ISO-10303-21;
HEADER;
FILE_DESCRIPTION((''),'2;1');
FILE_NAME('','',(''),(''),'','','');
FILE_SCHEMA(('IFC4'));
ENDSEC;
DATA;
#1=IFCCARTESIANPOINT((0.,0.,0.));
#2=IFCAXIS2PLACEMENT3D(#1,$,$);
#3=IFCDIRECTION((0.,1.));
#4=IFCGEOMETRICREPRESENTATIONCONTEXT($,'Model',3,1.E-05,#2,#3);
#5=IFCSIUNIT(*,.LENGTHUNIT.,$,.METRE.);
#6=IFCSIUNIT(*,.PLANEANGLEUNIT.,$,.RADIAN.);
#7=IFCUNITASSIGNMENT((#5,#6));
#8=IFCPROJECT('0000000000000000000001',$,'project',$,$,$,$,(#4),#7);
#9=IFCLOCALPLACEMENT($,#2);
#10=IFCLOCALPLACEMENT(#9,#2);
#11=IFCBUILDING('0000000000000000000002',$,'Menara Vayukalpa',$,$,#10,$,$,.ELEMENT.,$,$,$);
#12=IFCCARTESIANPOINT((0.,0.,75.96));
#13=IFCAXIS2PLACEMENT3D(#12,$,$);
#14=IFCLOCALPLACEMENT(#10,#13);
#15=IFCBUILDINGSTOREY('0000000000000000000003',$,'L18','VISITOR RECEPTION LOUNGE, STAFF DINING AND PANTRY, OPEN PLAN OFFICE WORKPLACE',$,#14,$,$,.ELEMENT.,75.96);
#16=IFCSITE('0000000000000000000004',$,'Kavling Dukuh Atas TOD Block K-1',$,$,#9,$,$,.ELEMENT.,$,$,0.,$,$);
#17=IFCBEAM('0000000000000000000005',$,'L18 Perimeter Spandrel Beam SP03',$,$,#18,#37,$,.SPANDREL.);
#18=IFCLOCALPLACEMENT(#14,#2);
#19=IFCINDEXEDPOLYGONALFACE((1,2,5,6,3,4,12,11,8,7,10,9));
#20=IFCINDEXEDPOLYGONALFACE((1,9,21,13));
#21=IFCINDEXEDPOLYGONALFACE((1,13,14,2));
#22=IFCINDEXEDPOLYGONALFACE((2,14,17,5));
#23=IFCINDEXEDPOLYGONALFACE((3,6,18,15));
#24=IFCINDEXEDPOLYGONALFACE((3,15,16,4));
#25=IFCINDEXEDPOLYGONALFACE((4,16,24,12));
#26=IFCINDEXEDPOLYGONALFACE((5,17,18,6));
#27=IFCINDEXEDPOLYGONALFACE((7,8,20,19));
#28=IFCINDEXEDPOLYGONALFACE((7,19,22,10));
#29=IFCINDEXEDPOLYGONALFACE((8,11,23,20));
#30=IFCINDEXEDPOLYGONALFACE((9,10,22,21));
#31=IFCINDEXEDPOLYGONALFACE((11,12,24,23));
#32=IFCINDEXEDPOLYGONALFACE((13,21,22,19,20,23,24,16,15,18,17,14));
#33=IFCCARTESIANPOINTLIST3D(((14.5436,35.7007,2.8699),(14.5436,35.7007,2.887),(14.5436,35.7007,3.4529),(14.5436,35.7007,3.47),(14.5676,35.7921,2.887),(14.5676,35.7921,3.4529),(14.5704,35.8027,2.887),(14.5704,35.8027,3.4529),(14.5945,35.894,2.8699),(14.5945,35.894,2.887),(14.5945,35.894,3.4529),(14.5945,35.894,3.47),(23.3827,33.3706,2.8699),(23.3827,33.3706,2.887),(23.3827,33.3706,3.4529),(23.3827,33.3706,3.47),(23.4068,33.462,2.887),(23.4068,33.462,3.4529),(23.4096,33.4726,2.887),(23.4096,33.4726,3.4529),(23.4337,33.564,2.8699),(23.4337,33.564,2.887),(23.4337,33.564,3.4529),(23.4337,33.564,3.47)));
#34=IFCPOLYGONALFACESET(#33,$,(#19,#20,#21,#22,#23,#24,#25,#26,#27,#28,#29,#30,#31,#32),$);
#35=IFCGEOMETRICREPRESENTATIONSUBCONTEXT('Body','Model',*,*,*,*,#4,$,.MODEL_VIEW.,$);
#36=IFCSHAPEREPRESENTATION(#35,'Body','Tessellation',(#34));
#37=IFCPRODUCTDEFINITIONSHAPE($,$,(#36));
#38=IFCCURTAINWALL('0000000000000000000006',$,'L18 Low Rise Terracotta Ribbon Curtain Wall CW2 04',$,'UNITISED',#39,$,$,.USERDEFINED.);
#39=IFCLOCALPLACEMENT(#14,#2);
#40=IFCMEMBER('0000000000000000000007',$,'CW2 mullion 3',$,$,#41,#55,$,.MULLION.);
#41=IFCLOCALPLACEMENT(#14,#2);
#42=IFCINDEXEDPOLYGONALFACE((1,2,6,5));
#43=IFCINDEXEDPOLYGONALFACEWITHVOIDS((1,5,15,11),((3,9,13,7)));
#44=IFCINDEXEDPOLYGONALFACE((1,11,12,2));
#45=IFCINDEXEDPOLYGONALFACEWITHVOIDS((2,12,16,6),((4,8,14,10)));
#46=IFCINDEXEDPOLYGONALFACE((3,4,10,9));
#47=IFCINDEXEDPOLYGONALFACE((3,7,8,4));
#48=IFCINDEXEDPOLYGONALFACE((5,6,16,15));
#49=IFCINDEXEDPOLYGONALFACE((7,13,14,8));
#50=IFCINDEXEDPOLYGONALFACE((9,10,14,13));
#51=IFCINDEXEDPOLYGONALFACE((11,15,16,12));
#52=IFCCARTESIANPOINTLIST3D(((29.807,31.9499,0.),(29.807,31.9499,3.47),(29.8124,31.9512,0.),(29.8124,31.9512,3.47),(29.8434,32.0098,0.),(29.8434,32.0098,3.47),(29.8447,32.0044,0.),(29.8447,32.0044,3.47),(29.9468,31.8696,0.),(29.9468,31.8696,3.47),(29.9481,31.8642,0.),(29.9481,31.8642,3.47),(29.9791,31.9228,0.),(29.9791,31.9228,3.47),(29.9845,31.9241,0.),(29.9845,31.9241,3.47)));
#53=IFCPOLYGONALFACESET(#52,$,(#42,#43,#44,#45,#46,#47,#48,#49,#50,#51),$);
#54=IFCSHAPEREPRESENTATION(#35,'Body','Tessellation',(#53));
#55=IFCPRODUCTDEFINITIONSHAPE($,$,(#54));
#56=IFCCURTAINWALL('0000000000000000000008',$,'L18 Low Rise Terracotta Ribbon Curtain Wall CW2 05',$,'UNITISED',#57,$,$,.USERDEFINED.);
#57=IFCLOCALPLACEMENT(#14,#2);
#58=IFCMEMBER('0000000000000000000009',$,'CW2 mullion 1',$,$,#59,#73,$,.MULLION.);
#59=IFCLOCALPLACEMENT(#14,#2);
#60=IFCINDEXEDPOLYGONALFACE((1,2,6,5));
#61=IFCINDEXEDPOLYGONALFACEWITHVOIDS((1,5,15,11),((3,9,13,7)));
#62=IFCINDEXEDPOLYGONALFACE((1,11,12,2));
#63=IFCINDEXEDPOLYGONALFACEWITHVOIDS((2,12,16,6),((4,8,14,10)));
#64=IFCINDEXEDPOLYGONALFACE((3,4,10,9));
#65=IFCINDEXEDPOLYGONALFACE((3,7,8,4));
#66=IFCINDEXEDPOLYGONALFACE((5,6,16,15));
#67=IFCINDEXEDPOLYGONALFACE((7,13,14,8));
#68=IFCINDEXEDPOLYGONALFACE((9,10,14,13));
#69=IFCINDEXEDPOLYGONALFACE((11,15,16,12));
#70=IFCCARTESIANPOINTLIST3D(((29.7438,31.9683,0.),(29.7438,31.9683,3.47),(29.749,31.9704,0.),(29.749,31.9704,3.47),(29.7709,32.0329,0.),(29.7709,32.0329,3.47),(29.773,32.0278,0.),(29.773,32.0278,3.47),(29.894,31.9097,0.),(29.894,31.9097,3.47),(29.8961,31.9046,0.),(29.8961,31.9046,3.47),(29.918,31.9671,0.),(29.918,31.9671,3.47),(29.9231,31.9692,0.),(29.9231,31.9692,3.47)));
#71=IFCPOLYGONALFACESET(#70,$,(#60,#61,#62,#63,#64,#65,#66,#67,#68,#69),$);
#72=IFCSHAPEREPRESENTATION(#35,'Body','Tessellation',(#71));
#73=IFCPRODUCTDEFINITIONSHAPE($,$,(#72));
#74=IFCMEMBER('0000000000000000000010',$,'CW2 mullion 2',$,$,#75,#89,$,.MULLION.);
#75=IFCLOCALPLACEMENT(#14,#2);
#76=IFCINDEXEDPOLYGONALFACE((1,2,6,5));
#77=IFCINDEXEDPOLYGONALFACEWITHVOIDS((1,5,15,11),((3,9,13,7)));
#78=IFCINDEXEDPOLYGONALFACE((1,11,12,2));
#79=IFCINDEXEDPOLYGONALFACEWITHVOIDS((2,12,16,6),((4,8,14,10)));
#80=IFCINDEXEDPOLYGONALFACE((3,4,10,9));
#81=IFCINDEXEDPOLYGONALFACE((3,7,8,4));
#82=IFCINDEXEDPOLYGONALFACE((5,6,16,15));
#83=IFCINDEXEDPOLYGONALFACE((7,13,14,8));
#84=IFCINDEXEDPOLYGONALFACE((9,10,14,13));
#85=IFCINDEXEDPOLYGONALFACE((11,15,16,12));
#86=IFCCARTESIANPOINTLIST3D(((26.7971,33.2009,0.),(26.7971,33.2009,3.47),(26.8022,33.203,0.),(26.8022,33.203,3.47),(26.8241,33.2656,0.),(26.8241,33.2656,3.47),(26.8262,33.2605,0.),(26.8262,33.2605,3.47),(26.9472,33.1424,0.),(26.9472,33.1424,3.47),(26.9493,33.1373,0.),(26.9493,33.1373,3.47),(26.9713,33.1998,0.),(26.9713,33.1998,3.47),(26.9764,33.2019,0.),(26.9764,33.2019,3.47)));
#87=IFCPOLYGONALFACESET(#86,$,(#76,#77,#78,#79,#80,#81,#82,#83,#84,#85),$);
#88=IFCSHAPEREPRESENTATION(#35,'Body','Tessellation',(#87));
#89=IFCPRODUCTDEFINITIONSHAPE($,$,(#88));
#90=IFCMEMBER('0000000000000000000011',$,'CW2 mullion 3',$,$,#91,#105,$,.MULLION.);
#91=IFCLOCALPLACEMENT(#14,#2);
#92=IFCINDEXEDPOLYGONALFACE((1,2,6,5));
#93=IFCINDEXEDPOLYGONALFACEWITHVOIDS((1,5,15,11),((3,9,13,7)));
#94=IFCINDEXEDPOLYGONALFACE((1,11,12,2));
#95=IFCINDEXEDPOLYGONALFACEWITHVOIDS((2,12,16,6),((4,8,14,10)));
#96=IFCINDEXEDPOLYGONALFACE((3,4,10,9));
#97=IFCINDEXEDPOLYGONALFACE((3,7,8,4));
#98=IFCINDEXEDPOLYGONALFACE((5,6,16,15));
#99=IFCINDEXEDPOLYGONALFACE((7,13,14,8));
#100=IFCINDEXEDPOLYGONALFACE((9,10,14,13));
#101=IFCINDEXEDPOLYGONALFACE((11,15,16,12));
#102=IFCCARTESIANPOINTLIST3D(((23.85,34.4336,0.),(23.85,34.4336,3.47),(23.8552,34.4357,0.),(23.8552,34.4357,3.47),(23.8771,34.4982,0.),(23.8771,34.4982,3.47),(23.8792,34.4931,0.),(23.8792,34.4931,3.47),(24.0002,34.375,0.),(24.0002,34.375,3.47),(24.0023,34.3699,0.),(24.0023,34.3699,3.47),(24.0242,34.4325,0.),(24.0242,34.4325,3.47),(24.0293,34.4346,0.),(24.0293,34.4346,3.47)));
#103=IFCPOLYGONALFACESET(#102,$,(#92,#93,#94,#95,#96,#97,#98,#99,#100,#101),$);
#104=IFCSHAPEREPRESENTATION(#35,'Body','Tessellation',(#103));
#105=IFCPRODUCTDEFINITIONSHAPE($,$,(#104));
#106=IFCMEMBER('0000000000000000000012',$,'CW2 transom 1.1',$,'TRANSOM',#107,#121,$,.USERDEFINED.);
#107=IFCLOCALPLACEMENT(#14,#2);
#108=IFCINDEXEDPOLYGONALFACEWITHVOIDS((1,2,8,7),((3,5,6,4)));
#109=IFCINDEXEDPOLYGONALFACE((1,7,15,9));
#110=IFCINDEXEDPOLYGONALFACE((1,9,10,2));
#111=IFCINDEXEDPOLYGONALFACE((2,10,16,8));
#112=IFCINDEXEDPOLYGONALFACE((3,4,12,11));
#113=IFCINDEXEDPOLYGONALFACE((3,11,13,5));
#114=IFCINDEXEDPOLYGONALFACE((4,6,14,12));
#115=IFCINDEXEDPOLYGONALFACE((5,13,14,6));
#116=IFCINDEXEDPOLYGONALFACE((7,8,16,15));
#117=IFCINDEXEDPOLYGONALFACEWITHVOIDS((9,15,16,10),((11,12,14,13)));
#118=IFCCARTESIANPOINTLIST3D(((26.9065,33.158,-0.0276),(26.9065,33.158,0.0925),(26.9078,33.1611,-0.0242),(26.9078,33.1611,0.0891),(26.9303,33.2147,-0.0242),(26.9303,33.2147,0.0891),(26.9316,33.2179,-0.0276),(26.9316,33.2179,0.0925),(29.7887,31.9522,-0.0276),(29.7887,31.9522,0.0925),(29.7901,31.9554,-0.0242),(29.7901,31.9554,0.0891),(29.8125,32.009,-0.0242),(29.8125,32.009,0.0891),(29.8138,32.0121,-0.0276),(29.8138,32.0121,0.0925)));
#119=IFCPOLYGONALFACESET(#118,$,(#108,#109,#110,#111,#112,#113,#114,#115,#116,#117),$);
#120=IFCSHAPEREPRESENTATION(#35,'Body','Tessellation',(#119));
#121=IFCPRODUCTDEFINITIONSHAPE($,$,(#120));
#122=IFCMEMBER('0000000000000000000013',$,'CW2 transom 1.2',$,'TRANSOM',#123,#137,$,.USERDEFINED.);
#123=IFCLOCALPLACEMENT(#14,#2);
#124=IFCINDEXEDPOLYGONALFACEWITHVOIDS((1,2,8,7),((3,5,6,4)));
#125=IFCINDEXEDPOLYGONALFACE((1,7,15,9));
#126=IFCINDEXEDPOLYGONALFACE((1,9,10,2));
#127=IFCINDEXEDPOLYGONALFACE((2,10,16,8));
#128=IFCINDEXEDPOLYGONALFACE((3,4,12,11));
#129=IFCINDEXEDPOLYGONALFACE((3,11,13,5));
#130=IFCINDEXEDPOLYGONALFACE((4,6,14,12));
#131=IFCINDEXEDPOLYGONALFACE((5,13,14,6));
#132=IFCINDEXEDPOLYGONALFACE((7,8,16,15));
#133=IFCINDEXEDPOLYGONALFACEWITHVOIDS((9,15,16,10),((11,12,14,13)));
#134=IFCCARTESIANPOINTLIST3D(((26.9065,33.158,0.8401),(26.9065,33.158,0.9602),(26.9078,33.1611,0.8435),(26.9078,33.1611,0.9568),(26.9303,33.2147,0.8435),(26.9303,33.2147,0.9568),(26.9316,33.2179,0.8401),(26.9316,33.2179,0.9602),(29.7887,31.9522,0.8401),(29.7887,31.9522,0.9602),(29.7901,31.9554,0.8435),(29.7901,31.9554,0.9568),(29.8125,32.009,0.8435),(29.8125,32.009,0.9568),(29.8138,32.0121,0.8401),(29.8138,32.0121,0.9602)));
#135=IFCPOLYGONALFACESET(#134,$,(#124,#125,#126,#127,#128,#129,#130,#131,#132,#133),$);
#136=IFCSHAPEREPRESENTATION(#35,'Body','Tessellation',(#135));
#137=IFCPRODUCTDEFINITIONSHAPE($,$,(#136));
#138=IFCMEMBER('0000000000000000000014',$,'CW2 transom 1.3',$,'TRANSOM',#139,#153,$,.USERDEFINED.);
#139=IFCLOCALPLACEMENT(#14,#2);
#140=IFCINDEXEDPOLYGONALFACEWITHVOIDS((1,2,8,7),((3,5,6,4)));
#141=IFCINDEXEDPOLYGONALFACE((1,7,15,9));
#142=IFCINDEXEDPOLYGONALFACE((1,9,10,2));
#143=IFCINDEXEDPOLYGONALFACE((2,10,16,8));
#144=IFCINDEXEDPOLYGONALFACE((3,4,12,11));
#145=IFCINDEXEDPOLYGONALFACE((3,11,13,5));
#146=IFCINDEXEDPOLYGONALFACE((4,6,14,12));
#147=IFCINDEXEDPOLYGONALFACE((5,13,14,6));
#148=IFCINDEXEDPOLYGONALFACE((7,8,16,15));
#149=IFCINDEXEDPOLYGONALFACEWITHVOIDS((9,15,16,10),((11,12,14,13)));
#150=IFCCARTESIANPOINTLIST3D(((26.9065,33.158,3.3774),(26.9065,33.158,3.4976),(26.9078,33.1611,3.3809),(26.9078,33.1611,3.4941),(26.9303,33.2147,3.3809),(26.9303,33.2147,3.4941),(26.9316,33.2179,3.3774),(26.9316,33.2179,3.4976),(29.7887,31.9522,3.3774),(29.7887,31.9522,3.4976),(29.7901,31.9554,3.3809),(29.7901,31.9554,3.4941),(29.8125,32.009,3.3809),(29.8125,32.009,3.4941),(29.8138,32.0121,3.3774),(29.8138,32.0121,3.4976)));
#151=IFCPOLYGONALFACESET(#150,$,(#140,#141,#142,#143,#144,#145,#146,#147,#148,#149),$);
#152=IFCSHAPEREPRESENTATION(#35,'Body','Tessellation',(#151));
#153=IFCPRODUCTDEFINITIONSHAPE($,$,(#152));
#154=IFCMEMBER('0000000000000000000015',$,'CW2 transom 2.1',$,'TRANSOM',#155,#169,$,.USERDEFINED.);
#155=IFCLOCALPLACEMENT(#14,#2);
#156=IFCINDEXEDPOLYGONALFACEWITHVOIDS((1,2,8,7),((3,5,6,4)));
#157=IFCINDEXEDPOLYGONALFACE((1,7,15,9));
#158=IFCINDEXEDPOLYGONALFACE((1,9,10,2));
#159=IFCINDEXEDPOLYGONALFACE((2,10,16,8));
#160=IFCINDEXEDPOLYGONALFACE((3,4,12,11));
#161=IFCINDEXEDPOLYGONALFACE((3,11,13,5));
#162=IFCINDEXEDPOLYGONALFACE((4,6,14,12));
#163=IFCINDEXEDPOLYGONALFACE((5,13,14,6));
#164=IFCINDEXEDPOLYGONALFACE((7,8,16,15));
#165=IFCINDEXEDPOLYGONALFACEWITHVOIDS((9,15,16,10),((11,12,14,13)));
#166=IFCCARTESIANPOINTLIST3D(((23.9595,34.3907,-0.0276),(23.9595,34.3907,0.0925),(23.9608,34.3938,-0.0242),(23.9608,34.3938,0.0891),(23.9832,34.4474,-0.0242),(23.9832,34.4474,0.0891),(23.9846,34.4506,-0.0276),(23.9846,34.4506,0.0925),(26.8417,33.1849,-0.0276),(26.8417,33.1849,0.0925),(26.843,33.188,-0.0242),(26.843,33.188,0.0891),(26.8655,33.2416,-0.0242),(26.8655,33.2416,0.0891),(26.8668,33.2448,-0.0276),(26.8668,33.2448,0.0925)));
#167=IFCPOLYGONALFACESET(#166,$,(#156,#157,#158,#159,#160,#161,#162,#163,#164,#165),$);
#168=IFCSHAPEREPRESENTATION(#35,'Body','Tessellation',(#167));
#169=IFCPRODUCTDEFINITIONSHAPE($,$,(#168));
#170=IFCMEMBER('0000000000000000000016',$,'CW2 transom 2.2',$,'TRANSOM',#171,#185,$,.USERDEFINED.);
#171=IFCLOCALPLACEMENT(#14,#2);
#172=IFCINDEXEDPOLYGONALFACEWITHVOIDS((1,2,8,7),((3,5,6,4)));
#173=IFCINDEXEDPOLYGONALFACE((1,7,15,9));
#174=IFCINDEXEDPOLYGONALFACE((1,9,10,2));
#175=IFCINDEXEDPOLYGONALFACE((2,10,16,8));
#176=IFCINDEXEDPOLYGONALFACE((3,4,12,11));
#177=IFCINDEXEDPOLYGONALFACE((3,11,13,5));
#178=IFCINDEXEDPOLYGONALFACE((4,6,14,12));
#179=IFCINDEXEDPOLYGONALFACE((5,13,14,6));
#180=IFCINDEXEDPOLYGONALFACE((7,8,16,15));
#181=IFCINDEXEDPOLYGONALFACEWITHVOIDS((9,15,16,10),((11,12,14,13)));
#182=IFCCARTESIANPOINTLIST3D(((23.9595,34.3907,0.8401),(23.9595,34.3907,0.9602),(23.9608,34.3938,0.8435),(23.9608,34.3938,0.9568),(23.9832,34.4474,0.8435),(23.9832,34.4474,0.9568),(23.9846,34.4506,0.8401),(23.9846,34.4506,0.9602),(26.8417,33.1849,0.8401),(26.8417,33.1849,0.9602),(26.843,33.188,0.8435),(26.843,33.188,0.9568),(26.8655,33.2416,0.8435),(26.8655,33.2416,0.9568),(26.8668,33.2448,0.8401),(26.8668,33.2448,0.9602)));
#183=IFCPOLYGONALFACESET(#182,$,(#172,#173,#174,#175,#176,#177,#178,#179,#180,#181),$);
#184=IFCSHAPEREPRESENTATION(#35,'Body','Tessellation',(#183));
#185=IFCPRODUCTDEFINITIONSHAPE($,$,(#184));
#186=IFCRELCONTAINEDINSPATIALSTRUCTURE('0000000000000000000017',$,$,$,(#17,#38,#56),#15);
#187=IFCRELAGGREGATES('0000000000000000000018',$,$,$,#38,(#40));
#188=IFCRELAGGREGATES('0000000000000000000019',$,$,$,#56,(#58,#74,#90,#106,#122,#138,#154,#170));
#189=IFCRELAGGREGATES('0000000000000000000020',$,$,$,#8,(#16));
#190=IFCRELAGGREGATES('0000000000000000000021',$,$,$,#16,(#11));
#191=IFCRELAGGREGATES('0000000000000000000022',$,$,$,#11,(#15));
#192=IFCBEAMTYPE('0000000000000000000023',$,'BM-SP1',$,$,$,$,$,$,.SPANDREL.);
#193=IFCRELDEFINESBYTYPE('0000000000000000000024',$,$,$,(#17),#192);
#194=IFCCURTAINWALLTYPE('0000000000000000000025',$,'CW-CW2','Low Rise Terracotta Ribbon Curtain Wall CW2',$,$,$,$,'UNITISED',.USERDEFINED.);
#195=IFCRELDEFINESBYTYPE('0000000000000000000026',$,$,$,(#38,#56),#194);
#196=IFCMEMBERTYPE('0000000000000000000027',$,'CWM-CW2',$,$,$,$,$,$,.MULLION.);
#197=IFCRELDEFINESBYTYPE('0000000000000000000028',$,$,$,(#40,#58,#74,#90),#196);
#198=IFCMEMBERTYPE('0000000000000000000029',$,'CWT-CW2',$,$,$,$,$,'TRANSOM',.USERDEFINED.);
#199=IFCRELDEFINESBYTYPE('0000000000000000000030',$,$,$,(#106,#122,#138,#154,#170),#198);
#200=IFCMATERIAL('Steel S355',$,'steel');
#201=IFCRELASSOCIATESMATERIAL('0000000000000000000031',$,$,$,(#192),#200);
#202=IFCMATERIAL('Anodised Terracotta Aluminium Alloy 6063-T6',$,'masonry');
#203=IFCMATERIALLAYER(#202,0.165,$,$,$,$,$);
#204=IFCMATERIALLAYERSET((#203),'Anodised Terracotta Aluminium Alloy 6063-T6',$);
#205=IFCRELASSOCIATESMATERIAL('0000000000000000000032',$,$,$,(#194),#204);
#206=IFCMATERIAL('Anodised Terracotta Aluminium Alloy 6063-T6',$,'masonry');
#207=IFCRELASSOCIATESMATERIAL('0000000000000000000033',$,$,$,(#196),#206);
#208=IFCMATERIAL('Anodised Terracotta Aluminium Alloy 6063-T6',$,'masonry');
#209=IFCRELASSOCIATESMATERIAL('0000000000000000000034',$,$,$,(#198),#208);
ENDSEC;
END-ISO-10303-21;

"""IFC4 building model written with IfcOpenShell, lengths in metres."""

from ifc_helpers import new_model, si_unit, direction, frame, origin, origin_2d, place, context, subcontext, project, spatial, hollow_rectangle, i_section, extrude, material, layer, layer_set, material_profile, profile_set, type_object, element, aggregate, save


model = new_model("IFC4")

# Units and contexts
model_context = context("Model", 3, precision=1e-05, world=origin(), true_north=direction((0.0, 1.0)))
body_context = subcontext(model_context, "Body", "Model", "MODEL_VIEW")
ifc_project = project(units=[si_unit("LENGTHUNIT", "METRE"), si_unit("PLANEANGLEUNIT", "RADIAN")], contexts=[model_context])

# Site, building, storey
site_placement = place(None, origin())
site = spatial("IfcSite", under=ifc_project, at=site_placement, Name="Kavling Dukuh Atas TOD Block K-1", CompositionType="ELEMENT", RefElevation=0.0)
building_placement = place(site_placement, origin())
building = spatial("IfcBuilding", under=site, at=building_placement, Name="Menara Vayukalpa", CompositionType="ELEMENT")
storey_placement = place(building_placement, frame((0.0, 0.0, 75.96)))
storey = spatial("IfcBuildingStorey", under=building, at=storey_placement, Name="L18", Description="VISITOR RECEPTION LOUNGE, STAFF DINING AND PANTRY, OPEN PLAN OFFICE WORKPLACE", CompositionType="ELEMENT", Elevation=75.96)

# Beam
ifc_material_1 = material(Name="Steel S355", Category="steel")
ifc_material_profile_1 = material_profile(ifc_material_1, i_section(OverallWidth=0.2, OverallDepth=0.6001, WebThickness=0.011, FlangeThickness=0.0171, at=origin_2d()), Name="WF 600x200x11x17")
ifc_profile_set_1 = profile_set([ifc_material_profile_1], Name="Steel S355")
beam_type = type_object("IfcBeamType", Name="BM-SP1", PredefinedType="SPANDREL", material=ifc_profile_set_1)
beam_placement = place(storey_placement, frame((23.4082, 33.4673, 3.1699), z_axis=(-0.966967, 0.254902, 0.0), x_axis=(-0.254902, -0.966967, 0.0)))
element("IfcBeam", 1, at=beam_placement, inside=storey, type_object=beam_type, Name="L18 Perimeter Spandrel Beam SP03", PredefinedType="SPANDREL", context=body_context, shape_type="SweptSolid", body=[
    extrude(i_section(OverallWidth=0.2, OverallDepth=0.6001, WebThickness=0.011, FlangeThickness=0.0171, at=origin_2d()), origin(), (0.0, 0.0, 1.0), 9.1411),
])

# Curtain wall, member
ifc_material_2 = material(Name="Anodised Terracotta Aluminium Alloy 6063-T6", Category="masonry")
ifc_layer_1 = layer(ifc_material_2, 0.165)
ifc_layer_set_1 = layer_set([ifc_layer_1], Name="Anodised Terracotta Aluminium Alloy 6063-T6")
curtain_wall_type = type_object("IfcCurtainWallType", Name="CW-CW2", Description="Low Rise Terracotta Ribbon Curtain Wall CW2", ElementType="UNITISED", PredefinedType="USERDEFINED", material=ifc_layer_set_1)
curtain_wall_1_placement = place(storey_placement, origin())
curtain_wall_1 = element("IfcCurtainWall", 2, at=curtain_wall_1_placement, inside=storey, type_object=curtain_wall_type, Name="L18 Low Rise Terracotta Ribbon Curtain Wall CW2 04", ObjectType="UNITISED", PredefinedType="USERDEFINED")
ifc_material_3 = material(Name="Anodised Terracotta Aluminium Alloy 6063-T6", Category="masonry")
ifc_material_profile_2 = material_profile(ifc_material_3, hollow_rectangle(XDim=0.0701, YDim=0.165, WallThickness=0.0039, at=origin_2d()), Name="ALU 70x165x4")
ifc_profile_set_2 = profile_set([ifc_material_profile_2], Name="Anodised Terracotta Aluminium Alloy 6063-T6")
member_type_1 = type_object("IfcMemberType", Name="CWM-CW2", PredefinedType="MULLION", material=ifc_profile_set_2)
member_1_placement = place(storey_placement, frame((29.8958, 31.937, 0.0), z_axis=(0.0, 0.0, 1.0), x_axis=(-0.519183, -0.854663, 0.0)))
member_1 = element("IfcMember", 3, at=member_1_placement, type_object=member_type_1, Name="CW2 mullion 3", PredefinedType="MULLION", context=body_context, shape_type="SweptSolid", body=[
    extrude(hollow_rectangle(XDim=0.0701, YDim=0.165, WallThickness=0.0039, at=origin_2d()), origin(), (0.0, 0.0, 1.0), 3.47),
])

# Curtain wall, members
curtain_wall_2_placement = place(storey_placement, origin())
curtain_wall_2 = element("IfcCurtainWall", 4, at=curtain_wall_2_placement, inside=storey, type_object=curtain_wall_type, Name="L18 Low Rise Terracotta Ribbon Curtain Wall CW2 05", ObjectType="UNITISED", PredefinedType="USERDEFINED")
member_2_placement = place(storey_placement, frame((29.8335, 31.9688, 0.0), z_axis=(0.0, 0.0, 1.0), x_axis=(-0.385894, -0.922543, 0.0)))
member_2 = element("IfcMember", 5, at=member_2_placement, type_object=member_type_1, Name="CW2 mullion 1", PredefinedType="MULLION", context=body_context, shape_type="SweptSolid", body=[
    extrude(hollow_rectangle(XDim=0.0701, YDim=0.165, WallThickness=0.0039, at=origin_2d()), origin(), (0.0, 0.0, 1.0), 3.47),
])
member_3_placement = place(storey_placement, frame((26.8867, 33.2014, 0.0), z_axis=(0.0, 0.0, 1.0), x_axis=(-0.385894, -0.922543, 0.0)))
member_3 = element("IfcMember", 6, at=member_3_placement, type_object=member_type_1, Name="CW2 mullion 2", PredefinedType="MULLION", context=body_context, shape_type="SweptSolid", body=[
    extrude(hollow_rectangle(XDim=0.0701, YDim=0.165, WallThickness=0.0039, at=origin_2d()), origin(), (0.0, 0.0, 1.0), 3.47),
])
member_4_placement = place(storey_placement, frame((23.9397, 34.4341, 0.0), z_axis=(0.0, 0.0, 1.0), x_axis=(-0.385894, -0.922543, 0.0)))
member_4 = element("IfcMember", 7, at=member_4_placement, type_object=member_type_1, Name="CW2 mullion 3", PredefinedType="MULLION", context=body_context, shape_type="SweptSolid", body=[
    extrude(hollow_rectangle(XDim=0.0701, YDim=0.165, WallThickness=0.0039, at=origin_2d()), origin(), (0.0, 0.0, 1.0), 3.47),
])
ifc_material_4 = material(Name="Anodised Terracotta Aluminium Alloy 6063-T6", Category="masonry")
ifc_material_profile_3 = material_profile(ifc_material_4, hollow_rectangle(XDim=0.0649, YDim=0.1201, WallThickness=0.0034, at=origin_2d()), Name="ALU 65x120x3.5")
ifc_profile_set_3 = profile_set([ifc_material_profile_3], Name="Anodised Terracotta Aluminium Alloy 6063-T6")
member_type_2 = type_object("IfcMemberType", Name="CWT-CW2", ElementType="TRANSOM", PredefinedType="USERDEFINED", material=ifc_profile_set_3)
member_5_placement = place(storey_placement, frame((29.8013, 31.9822, 0.0325), z_axis=(-0.922526, 0.385936, 0.0), x_axis=(-0.385936, -0.922526, 0.0)))
member_5 = element("IfcMember", 8, at=member_5_placement, type_object=member_type_2, Name="CW2 transom 1.1", ObjectType="TRANSOM", PredefinedType="USERDEFINED", context=body_context, shape_type="SweptSolid", body=[
    extrude(hollow_rectangle(XDim=0.0649, YDim=0.1201, WallThickness=0.0034, at=origin_2d()), origin(), (0.0, 0.0, 1.0), 3.1243),
])
member_6_placement = place(storey_placement, frame((29.8013, 31.9822, 0.9001), z_axis=(-0.922526, 0.385936, 0.0), x_axis=(-0.385936, -0.922526, 0.0)))
member_6 = element("IfcMember", 9, at=member_6_placement, type_object=member_type_2, Name="CW2 transom 1.2", ObjectType="TRANSOM", PredefinedType="USERDEFINED", context=body_context, shape_type="SweptSolid", body=[
    extrude(hollow_rectangle(XDim=0.0649, YDim=0.1201, WallThickness=0.0034, at=origin_2d()), origin(), (0.0, 0.0, 1.0), 3.1243),
])
member_7_placement = place(storey_placement, frame((29.8013, 31.9822, 3.4375), z_axis=(-0.922526, 0.385936, 0.0), x_axis=(-0.385936, -0.922526, 0.0)))
member_7 = element("IfcMember", 10, at=member_7_placement, type_object=member_type_2, Name="CW2 transom 1.3", ObjectType="TRANSOM", PredefinedType="USERDEFINED", context=body_context, shape_type="SweptSolid", body=[
    extrude(hollow_rectangle(XDim=0.0649, YDim=0.1201, WallThickness=0.0034, at=origin_2d()), origin(), (0.0, 0.0, 1.0), 3.1243),
])
member_8_placement = place(storey_placement, frame((26.8542, 33.2148, 0.0325), z_axis=(-0.922526, 0.385936, 0.0), x_axis=(-0.385936, -0.922526, 0.0)))
member_8 = element("IfcMember", 11, at=member_8_placement, type_object=member_type_2, Name="CW2 transom 2.1", ObjectType="TRANSOM", PredefinedType="USERDEFINED", context=body_context, shape_type="SweptSolid", body=[
    extrude(hollow_rectangle(XDim=0.0649, YDim=0.1201, WallThickness=0.0034, at=origin_2d()), origin(), (0.0, 0.0, 1.0), 3.1243),
])
member_9_placement = place(storey_placement, frame((26.8542, 33.2148, 0.9001), z_axis=(-0.922526, 0.385936, 0.0), x_axis=(-0.385936, -0.922526, 0.0)))
member_9 = element("IfcMember", 12, at=member_9_placement, type_object=member_type_2, Name="CW2 transom 2.2", ObjectType="TRANSOM", PredefinedType="USERDEFINED", context=body_context, shape_type="SweptSolid", body=[
    extrude(hollow_rectangle(XDim=0.0649, YDim=0.1201, WallThickness=0.0034, at=origin_2d()), origin(), (0.0, 0.0, 1.0), 3.1243),
])

aggregate(curtain_wall_1, [member_1])
aggregate(curtain_wall_2, [member_2, member_3, member_4, member_5, member_6, member_7, member_8, member_9])

save(model, "model.ifc")
